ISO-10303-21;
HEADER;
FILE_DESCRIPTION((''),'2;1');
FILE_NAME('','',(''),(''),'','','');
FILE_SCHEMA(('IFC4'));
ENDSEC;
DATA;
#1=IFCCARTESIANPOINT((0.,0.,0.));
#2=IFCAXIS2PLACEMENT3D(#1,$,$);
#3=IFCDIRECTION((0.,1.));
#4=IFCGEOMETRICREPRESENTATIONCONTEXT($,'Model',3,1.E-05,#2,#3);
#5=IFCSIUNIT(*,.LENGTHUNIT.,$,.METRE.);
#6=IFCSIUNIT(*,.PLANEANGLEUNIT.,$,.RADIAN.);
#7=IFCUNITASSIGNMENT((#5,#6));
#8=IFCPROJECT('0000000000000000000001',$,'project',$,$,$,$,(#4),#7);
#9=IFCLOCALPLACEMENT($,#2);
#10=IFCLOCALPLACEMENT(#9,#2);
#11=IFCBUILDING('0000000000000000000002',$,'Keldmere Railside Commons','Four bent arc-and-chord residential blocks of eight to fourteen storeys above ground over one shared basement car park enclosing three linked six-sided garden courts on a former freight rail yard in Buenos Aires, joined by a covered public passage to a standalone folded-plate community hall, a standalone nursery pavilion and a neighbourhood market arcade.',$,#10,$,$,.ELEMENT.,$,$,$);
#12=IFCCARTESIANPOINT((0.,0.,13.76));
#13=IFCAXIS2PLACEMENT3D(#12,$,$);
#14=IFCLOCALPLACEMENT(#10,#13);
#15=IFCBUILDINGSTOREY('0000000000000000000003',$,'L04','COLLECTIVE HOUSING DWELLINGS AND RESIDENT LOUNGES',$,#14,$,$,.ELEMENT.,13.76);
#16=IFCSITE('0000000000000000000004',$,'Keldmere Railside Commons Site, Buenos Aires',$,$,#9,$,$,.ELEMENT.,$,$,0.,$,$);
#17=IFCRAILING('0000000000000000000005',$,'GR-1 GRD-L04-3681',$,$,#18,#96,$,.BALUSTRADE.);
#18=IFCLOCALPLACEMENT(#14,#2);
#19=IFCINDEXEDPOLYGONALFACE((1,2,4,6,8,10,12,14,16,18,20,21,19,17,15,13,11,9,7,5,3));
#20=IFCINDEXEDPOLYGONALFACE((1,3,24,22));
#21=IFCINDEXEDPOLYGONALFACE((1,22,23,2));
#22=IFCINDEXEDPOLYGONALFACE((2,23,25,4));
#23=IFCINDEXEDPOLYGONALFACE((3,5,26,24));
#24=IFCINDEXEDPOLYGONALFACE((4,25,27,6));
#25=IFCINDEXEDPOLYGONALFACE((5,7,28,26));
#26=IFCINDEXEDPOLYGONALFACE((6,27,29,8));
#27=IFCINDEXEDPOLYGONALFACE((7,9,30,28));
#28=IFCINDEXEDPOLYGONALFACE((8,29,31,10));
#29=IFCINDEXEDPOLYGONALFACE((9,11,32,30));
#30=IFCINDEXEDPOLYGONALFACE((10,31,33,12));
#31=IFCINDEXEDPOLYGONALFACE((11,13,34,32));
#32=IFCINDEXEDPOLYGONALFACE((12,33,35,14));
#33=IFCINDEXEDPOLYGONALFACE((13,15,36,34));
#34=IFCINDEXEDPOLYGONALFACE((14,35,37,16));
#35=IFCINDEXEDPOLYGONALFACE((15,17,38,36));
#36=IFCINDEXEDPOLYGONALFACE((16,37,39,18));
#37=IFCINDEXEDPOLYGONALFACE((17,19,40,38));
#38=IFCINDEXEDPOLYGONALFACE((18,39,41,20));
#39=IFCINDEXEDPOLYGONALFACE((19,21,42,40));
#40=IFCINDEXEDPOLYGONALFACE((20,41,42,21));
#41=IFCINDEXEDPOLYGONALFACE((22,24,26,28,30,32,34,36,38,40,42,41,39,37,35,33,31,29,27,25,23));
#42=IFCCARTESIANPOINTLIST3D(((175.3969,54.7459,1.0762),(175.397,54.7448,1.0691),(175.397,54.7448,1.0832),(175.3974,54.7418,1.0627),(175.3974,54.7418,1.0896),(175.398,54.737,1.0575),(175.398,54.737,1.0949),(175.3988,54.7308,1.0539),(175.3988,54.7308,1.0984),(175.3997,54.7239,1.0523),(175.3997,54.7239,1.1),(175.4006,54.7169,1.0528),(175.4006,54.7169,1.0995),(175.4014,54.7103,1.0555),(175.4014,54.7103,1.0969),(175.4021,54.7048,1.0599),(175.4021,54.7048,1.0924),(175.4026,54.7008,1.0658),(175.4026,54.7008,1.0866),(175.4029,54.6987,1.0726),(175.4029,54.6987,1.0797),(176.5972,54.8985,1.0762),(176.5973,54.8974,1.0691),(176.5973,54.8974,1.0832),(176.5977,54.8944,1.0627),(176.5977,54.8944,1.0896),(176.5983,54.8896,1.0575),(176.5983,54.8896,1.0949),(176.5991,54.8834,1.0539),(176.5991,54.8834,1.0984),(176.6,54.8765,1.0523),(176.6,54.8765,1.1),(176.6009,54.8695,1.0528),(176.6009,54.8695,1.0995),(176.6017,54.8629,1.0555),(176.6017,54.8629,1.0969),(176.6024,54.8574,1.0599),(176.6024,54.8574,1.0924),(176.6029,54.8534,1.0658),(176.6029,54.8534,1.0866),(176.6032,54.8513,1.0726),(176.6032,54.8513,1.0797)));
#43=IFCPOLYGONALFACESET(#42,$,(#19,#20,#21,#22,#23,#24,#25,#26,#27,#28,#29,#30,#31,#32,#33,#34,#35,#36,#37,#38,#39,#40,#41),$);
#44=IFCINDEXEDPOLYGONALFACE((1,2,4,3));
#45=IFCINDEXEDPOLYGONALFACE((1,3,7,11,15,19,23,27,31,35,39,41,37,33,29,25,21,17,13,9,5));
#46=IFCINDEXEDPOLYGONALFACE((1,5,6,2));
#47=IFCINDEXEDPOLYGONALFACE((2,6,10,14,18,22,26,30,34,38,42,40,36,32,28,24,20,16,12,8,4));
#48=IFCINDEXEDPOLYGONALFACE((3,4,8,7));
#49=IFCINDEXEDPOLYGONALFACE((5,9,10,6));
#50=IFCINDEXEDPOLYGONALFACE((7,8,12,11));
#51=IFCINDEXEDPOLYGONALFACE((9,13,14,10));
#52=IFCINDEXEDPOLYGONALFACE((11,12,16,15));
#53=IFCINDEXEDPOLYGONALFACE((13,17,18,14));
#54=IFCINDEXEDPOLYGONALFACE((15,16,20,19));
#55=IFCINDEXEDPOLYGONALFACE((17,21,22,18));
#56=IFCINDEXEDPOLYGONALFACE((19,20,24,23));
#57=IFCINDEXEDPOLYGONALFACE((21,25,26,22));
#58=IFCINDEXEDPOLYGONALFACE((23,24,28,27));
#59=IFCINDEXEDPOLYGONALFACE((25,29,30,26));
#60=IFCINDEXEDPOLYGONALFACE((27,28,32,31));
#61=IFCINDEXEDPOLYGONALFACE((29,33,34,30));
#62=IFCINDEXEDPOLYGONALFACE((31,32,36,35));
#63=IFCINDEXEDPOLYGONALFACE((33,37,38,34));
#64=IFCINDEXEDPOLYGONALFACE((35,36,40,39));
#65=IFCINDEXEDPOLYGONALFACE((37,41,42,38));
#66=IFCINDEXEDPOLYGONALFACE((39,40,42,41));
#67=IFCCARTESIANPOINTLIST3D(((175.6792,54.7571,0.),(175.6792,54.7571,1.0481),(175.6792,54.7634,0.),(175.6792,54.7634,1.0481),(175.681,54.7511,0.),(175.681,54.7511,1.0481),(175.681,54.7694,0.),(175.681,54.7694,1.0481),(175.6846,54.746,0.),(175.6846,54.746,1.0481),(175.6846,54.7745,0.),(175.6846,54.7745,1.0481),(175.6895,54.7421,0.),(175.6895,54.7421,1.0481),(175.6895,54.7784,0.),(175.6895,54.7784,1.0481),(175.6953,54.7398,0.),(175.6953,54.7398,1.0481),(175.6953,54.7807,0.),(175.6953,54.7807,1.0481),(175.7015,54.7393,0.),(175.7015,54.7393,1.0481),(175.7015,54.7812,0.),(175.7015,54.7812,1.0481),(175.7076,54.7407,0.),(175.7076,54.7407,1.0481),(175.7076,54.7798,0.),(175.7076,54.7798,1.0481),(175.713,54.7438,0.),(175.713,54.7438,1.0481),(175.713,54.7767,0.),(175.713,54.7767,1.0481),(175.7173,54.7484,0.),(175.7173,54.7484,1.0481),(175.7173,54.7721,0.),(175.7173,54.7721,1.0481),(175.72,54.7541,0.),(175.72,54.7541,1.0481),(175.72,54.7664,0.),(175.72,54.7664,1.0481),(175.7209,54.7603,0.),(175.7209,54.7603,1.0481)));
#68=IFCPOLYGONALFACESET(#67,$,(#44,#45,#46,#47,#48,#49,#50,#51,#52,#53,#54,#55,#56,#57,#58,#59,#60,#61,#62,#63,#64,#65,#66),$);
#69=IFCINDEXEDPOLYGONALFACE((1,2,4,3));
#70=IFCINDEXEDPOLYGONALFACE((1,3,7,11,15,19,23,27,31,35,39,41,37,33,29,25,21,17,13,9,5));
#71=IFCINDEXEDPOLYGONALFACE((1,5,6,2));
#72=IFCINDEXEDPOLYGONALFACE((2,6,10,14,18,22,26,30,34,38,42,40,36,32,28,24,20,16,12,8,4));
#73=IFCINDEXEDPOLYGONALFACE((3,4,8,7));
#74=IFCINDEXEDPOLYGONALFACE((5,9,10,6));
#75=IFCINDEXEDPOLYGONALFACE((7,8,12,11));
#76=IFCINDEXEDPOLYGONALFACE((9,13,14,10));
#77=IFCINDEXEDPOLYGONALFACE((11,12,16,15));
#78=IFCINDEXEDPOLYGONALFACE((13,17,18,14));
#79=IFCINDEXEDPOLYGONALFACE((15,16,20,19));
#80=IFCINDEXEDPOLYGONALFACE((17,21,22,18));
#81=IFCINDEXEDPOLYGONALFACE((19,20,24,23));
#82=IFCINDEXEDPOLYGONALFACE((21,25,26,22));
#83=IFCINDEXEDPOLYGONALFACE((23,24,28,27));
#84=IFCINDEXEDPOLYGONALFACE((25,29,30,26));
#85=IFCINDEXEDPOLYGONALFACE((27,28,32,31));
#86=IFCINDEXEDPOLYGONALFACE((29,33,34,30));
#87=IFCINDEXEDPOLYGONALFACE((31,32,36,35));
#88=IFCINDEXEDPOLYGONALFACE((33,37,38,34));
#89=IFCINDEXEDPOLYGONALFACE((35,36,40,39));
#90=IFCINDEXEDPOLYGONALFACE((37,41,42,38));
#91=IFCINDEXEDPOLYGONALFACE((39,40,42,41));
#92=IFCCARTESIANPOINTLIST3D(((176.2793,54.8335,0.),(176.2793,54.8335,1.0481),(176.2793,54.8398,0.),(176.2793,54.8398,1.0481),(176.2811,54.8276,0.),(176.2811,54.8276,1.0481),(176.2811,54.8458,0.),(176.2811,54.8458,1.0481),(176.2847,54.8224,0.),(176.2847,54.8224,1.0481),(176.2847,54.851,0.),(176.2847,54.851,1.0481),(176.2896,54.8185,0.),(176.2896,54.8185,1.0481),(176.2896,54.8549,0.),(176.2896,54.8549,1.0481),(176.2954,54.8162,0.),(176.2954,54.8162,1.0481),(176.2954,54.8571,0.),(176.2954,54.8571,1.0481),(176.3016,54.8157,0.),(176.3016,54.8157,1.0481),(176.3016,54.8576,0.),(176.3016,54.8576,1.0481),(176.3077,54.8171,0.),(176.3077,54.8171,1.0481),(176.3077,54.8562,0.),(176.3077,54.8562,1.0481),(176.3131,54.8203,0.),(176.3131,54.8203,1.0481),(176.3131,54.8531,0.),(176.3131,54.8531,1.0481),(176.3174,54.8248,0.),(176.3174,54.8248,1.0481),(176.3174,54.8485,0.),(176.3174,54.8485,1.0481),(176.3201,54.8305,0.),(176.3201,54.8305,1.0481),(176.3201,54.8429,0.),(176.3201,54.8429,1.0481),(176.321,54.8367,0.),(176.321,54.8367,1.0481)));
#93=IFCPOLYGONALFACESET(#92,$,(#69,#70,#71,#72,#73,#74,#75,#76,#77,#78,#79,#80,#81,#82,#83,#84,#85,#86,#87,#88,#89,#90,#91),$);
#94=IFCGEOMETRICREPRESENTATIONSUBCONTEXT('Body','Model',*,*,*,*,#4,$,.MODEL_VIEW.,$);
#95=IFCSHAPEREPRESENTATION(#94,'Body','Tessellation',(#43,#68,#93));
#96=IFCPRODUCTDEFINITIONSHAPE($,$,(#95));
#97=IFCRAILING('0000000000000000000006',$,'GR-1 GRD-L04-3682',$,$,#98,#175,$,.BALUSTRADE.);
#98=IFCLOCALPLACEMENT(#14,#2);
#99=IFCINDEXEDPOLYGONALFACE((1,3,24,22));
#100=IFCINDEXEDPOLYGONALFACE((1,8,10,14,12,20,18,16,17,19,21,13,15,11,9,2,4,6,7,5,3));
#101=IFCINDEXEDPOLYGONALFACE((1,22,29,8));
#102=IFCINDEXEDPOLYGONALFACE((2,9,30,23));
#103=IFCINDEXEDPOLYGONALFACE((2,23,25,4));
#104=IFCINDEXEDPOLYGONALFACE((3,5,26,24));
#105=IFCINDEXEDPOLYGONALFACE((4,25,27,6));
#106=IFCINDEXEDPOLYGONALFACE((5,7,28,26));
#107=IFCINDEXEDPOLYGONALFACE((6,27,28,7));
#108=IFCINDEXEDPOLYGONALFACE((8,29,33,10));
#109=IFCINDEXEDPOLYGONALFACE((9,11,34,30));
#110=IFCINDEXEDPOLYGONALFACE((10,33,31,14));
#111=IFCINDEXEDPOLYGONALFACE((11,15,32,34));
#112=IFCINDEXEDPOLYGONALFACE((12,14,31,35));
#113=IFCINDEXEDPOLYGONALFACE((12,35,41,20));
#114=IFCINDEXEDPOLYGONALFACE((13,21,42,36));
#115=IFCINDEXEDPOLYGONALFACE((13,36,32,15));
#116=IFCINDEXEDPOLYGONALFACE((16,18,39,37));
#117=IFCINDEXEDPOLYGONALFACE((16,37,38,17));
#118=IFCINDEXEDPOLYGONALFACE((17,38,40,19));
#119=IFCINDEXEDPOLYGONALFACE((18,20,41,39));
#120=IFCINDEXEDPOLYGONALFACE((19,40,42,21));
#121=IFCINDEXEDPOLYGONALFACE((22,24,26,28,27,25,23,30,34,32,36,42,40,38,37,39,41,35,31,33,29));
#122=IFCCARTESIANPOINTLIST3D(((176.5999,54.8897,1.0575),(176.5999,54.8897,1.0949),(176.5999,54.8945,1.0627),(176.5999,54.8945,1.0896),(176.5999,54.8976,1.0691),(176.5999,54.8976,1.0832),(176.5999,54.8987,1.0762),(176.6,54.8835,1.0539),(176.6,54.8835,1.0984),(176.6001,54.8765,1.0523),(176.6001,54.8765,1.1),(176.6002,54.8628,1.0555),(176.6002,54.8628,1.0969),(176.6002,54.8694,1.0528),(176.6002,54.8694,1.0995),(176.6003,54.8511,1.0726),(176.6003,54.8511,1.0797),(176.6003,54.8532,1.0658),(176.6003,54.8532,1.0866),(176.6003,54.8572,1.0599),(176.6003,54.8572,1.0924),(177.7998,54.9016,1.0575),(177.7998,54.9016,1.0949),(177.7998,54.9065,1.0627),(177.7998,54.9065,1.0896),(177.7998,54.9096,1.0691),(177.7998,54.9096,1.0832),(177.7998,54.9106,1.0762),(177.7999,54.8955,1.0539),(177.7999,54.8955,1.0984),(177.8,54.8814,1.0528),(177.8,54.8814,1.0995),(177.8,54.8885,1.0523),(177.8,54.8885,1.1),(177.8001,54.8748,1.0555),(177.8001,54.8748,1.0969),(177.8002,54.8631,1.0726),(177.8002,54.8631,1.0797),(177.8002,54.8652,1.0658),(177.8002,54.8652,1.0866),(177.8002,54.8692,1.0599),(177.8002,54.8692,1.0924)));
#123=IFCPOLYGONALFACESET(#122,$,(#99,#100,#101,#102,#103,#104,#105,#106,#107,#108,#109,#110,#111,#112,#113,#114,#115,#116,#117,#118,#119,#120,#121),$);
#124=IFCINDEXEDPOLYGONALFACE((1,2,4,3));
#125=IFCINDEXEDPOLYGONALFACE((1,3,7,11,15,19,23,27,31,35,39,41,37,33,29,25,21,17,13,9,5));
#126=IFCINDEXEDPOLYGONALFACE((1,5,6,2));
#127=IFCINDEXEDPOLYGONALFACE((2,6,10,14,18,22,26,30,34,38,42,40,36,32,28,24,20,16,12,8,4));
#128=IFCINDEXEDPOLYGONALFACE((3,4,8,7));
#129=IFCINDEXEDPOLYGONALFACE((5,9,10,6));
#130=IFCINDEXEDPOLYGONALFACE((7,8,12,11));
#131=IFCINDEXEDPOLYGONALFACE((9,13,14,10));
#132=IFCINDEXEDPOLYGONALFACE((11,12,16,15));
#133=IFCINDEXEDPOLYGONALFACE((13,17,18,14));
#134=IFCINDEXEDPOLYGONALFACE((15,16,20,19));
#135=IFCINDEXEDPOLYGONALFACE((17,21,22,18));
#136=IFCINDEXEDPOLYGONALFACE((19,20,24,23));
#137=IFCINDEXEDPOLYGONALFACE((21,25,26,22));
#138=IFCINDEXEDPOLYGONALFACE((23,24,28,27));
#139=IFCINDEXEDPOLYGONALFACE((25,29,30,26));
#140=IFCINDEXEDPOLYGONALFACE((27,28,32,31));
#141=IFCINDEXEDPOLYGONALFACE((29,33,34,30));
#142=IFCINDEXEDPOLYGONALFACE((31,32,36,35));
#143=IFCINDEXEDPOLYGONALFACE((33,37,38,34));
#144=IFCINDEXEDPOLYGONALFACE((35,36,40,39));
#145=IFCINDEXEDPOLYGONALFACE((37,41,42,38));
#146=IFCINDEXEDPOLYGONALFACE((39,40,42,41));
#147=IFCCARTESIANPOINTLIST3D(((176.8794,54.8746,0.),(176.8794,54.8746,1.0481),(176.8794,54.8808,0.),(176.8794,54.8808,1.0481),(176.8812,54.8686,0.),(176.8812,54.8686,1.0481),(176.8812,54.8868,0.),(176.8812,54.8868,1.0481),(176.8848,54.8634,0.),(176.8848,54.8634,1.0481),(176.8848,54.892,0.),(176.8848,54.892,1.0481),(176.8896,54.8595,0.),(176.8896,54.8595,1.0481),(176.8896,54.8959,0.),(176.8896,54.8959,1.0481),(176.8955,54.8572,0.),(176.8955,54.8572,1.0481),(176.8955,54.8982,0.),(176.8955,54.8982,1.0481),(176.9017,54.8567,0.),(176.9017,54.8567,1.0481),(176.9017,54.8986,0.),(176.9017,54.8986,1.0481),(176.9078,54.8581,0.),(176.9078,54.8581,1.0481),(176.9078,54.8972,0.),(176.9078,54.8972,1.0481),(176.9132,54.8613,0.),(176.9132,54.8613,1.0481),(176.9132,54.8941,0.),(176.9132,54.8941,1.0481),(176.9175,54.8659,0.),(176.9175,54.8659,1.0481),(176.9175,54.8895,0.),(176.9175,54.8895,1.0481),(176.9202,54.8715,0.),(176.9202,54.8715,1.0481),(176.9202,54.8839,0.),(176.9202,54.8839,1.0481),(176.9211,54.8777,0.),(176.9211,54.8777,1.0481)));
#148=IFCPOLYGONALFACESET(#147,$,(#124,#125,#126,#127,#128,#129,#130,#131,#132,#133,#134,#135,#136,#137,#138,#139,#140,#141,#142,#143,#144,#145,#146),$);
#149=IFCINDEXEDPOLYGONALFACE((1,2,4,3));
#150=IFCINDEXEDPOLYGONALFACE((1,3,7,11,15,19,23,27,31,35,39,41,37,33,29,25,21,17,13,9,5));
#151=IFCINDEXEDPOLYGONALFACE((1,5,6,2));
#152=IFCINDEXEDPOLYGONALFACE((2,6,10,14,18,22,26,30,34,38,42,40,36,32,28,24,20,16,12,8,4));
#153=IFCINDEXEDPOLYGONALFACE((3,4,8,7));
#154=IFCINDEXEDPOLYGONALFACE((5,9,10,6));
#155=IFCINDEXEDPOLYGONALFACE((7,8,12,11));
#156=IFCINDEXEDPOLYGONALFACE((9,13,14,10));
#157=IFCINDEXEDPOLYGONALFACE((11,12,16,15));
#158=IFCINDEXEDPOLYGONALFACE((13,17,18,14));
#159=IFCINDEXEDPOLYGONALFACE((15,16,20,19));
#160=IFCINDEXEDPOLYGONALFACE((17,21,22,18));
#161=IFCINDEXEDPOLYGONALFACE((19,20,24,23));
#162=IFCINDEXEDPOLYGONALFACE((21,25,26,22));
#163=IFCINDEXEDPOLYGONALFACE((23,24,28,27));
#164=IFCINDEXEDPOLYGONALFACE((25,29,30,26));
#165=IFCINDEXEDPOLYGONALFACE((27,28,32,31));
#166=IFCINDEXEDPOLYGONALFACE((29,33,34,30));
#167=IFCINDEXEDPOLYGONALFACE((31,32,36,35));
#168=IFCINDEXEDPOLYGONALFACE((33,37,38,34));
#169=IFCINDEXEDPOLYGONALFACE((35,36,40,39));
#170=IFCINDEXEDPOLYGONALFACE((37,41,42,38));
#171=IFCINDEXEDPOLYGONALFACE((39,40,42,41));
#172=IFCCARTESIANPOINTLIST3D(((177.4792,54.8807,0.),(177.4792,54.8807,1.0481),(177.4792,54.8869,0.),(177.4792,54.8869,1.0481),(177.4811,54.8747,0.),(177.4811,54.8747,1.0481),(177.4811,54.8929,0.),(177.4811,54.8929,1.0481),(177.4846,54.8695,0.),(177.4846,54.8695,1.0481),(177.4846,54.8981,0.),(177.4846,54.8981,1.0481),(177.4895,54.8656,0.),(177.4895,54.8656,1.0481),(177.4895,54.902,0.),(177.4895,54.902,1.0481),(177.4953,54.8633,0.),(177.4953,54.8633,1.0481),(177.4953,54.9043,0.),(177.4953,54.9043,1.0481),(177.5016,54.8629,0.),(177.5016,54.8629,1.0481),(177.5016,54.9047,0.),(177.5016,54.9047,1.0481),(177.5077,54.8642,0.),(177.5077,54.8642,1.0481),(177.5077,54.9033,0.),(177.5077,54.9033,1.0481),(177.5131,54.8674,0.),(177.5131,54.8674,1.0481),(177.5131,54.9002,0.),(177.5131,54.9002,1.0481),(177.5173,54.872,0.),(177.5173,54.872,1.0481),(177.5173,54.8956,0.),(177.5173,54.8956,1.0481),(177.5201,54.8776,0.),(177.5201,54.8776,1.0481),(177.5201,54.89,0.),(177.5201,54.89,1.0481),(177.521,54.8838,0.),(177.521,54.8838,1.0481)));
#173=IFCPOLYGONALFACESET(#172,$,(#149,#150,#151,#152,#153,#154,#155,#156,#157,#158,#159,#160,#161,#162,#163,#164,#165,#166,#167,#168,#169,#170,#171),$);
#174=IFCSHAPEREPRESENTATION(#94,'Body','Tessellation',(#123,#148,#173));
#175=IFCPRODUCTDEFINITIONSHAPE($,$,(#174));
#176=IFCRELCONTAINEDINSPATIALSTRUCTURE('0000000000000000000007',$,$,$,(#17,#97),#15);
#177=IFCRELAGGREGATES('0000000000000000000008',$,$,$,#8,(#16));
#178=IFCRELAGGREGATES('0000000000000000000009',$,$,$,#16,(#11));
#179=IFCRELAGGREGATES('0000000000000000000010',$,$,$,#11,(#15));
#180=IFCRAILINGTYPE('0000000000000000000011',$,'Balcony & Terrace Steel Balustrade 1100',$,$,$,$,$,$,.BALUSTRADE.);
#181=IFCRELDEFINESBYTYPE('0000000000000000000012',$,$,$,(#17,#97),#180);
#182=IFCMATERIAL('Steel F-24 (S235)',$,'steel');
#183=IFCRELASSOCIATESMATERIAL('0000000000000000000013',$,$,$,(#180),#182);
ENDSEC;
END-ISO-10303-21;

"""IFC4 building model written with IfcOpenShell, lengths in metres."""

from ifc_helpers import new_model, si_unit, direction, frame, origin, origin_2d, place, context, subcontext, project, spatial, circle, extrude, material, type_object, element, save


model = new_model("IFC4")

# Units and contexts
model_context = context("Model", 3, precision=1e-05, world=origin(), true_north=direction((0.0, 1.0)))
body_context = subcontext(model_context, "Body", "Model", "MODEL_VIEW")
ifc_project = project(units=[si_unit("LENGTHUNIT", "METRE"), si_unit("PLANEANGLEUNIT", "RADIAN")], contexts=[model_context])

# Site, building, storey
site_placement = place(None, origin())
site = spatial("IfcSite", under=ifc_project, at=site_placement, Name="Keldmere Railside Commons Site, Buenos Aires", CompositionType="ELEMENT", RefElevation=0.0)
building_placement = place(site_placement, origin())
building = spatial("IfcBuilding", under=site, at=building_placement, Name="Keldmere Railside Commons", Description="Four bent arc-and-chord residential blocks of eight to fourteen storeys above ground over one shared basement car park enclosing three linked six-sided garden courts on a former freight rail yard in Buenos Aires, joined by a covered public passage to a standalone folded-plate community hall, a standalone nursery pavilion and a neighbourhood market arcade.", CompositionType="ELEMENT")
storey_placement = place(building_placement, frame((0.0, 0.0, 13.76)))
storey = spatial("IfcBuildingStorey", under=building, at=storey_placement, Name="L04", Description="COLLECTIVE HOUSING DWELLINGS AND RESIDENT LOUNGES", CompositionType="ELEMENT", Elevation=13.76)

# Shared definitions
ifc_material_1 = material(Name="Steel F-24 (S235)", Category="steel")

# Railings
railing_type = type_object("IfcRailingType", Name="Balcony & Terrace Steel Balustrade 1100", PredefinedType="BALUSTRADE", material=ifc_material_1)
railing_1_placement = place(storey_placement, frame((175.3999, 54.7222, 0.0)))
element("IfcRailing", 1, at=railing_1_placement, inside=storey, type_object=railing_type, Name="GR-1 GRD-L04-3681", PredefinedType="BALUSTRADE", context=body_context, shape_type="SweptSolid", body=[
    extrude(circle(Radius=0.0239, at=origin_2d()), frame((0.0, 0.0, 1.0762), z_axis=(0.992015, 0.126121, 0.0), x_axis=(-0.126121, 0.992015, 0.0)), (0.0, 0.0, 1.0), 1.21),
    extrude(circle(Radius=0.021, at=origin_2d()), frame((0.3, 0.0381, 0.0)), (0.0, 0.0, 1.0), 1.0481),
    extrude(circle(Radius=0.021, at=origin_2d()), frame((0.9001, 0.1145, 0.0)), (0.0, 0.0, 1.0), 1.0481),
])
railing_2_placement = place(storey_placement, frame((176.6001, 54.8748, 0.0)))
element("IfcRailing", 2, at=railing_2_placement, inside=storey, type_object=railing_type, Name="GR-1 GRD-L04-3682", PredefinedType="BALUSTRADE", context=body_context, shape_type="SweptSolid", body=[
    extrude(circle(Radius=0.0239, at=origin_2d()), frame((0.0, 0.0, 1.0762), z_axis=(0.99995, 0.009969, 0.0), x_axis=(-0.009969, 0.99995, 0.0)), (0.0, 0.0, 1.0), 1.2),
    extrude(circle(Radius=0.021, at=origin_2d()), frame((0.3, 0.0029, 0.0)), (0.0, 0.0, 1.0), 1.0481),
    extrude(circle(Radius=0.021, at=origin_2d()), frame((0.8999, 0.009, 0.0)), (0.0, 0.0, 1.0), 1.0481),
])

save(model, "model.ifc")
